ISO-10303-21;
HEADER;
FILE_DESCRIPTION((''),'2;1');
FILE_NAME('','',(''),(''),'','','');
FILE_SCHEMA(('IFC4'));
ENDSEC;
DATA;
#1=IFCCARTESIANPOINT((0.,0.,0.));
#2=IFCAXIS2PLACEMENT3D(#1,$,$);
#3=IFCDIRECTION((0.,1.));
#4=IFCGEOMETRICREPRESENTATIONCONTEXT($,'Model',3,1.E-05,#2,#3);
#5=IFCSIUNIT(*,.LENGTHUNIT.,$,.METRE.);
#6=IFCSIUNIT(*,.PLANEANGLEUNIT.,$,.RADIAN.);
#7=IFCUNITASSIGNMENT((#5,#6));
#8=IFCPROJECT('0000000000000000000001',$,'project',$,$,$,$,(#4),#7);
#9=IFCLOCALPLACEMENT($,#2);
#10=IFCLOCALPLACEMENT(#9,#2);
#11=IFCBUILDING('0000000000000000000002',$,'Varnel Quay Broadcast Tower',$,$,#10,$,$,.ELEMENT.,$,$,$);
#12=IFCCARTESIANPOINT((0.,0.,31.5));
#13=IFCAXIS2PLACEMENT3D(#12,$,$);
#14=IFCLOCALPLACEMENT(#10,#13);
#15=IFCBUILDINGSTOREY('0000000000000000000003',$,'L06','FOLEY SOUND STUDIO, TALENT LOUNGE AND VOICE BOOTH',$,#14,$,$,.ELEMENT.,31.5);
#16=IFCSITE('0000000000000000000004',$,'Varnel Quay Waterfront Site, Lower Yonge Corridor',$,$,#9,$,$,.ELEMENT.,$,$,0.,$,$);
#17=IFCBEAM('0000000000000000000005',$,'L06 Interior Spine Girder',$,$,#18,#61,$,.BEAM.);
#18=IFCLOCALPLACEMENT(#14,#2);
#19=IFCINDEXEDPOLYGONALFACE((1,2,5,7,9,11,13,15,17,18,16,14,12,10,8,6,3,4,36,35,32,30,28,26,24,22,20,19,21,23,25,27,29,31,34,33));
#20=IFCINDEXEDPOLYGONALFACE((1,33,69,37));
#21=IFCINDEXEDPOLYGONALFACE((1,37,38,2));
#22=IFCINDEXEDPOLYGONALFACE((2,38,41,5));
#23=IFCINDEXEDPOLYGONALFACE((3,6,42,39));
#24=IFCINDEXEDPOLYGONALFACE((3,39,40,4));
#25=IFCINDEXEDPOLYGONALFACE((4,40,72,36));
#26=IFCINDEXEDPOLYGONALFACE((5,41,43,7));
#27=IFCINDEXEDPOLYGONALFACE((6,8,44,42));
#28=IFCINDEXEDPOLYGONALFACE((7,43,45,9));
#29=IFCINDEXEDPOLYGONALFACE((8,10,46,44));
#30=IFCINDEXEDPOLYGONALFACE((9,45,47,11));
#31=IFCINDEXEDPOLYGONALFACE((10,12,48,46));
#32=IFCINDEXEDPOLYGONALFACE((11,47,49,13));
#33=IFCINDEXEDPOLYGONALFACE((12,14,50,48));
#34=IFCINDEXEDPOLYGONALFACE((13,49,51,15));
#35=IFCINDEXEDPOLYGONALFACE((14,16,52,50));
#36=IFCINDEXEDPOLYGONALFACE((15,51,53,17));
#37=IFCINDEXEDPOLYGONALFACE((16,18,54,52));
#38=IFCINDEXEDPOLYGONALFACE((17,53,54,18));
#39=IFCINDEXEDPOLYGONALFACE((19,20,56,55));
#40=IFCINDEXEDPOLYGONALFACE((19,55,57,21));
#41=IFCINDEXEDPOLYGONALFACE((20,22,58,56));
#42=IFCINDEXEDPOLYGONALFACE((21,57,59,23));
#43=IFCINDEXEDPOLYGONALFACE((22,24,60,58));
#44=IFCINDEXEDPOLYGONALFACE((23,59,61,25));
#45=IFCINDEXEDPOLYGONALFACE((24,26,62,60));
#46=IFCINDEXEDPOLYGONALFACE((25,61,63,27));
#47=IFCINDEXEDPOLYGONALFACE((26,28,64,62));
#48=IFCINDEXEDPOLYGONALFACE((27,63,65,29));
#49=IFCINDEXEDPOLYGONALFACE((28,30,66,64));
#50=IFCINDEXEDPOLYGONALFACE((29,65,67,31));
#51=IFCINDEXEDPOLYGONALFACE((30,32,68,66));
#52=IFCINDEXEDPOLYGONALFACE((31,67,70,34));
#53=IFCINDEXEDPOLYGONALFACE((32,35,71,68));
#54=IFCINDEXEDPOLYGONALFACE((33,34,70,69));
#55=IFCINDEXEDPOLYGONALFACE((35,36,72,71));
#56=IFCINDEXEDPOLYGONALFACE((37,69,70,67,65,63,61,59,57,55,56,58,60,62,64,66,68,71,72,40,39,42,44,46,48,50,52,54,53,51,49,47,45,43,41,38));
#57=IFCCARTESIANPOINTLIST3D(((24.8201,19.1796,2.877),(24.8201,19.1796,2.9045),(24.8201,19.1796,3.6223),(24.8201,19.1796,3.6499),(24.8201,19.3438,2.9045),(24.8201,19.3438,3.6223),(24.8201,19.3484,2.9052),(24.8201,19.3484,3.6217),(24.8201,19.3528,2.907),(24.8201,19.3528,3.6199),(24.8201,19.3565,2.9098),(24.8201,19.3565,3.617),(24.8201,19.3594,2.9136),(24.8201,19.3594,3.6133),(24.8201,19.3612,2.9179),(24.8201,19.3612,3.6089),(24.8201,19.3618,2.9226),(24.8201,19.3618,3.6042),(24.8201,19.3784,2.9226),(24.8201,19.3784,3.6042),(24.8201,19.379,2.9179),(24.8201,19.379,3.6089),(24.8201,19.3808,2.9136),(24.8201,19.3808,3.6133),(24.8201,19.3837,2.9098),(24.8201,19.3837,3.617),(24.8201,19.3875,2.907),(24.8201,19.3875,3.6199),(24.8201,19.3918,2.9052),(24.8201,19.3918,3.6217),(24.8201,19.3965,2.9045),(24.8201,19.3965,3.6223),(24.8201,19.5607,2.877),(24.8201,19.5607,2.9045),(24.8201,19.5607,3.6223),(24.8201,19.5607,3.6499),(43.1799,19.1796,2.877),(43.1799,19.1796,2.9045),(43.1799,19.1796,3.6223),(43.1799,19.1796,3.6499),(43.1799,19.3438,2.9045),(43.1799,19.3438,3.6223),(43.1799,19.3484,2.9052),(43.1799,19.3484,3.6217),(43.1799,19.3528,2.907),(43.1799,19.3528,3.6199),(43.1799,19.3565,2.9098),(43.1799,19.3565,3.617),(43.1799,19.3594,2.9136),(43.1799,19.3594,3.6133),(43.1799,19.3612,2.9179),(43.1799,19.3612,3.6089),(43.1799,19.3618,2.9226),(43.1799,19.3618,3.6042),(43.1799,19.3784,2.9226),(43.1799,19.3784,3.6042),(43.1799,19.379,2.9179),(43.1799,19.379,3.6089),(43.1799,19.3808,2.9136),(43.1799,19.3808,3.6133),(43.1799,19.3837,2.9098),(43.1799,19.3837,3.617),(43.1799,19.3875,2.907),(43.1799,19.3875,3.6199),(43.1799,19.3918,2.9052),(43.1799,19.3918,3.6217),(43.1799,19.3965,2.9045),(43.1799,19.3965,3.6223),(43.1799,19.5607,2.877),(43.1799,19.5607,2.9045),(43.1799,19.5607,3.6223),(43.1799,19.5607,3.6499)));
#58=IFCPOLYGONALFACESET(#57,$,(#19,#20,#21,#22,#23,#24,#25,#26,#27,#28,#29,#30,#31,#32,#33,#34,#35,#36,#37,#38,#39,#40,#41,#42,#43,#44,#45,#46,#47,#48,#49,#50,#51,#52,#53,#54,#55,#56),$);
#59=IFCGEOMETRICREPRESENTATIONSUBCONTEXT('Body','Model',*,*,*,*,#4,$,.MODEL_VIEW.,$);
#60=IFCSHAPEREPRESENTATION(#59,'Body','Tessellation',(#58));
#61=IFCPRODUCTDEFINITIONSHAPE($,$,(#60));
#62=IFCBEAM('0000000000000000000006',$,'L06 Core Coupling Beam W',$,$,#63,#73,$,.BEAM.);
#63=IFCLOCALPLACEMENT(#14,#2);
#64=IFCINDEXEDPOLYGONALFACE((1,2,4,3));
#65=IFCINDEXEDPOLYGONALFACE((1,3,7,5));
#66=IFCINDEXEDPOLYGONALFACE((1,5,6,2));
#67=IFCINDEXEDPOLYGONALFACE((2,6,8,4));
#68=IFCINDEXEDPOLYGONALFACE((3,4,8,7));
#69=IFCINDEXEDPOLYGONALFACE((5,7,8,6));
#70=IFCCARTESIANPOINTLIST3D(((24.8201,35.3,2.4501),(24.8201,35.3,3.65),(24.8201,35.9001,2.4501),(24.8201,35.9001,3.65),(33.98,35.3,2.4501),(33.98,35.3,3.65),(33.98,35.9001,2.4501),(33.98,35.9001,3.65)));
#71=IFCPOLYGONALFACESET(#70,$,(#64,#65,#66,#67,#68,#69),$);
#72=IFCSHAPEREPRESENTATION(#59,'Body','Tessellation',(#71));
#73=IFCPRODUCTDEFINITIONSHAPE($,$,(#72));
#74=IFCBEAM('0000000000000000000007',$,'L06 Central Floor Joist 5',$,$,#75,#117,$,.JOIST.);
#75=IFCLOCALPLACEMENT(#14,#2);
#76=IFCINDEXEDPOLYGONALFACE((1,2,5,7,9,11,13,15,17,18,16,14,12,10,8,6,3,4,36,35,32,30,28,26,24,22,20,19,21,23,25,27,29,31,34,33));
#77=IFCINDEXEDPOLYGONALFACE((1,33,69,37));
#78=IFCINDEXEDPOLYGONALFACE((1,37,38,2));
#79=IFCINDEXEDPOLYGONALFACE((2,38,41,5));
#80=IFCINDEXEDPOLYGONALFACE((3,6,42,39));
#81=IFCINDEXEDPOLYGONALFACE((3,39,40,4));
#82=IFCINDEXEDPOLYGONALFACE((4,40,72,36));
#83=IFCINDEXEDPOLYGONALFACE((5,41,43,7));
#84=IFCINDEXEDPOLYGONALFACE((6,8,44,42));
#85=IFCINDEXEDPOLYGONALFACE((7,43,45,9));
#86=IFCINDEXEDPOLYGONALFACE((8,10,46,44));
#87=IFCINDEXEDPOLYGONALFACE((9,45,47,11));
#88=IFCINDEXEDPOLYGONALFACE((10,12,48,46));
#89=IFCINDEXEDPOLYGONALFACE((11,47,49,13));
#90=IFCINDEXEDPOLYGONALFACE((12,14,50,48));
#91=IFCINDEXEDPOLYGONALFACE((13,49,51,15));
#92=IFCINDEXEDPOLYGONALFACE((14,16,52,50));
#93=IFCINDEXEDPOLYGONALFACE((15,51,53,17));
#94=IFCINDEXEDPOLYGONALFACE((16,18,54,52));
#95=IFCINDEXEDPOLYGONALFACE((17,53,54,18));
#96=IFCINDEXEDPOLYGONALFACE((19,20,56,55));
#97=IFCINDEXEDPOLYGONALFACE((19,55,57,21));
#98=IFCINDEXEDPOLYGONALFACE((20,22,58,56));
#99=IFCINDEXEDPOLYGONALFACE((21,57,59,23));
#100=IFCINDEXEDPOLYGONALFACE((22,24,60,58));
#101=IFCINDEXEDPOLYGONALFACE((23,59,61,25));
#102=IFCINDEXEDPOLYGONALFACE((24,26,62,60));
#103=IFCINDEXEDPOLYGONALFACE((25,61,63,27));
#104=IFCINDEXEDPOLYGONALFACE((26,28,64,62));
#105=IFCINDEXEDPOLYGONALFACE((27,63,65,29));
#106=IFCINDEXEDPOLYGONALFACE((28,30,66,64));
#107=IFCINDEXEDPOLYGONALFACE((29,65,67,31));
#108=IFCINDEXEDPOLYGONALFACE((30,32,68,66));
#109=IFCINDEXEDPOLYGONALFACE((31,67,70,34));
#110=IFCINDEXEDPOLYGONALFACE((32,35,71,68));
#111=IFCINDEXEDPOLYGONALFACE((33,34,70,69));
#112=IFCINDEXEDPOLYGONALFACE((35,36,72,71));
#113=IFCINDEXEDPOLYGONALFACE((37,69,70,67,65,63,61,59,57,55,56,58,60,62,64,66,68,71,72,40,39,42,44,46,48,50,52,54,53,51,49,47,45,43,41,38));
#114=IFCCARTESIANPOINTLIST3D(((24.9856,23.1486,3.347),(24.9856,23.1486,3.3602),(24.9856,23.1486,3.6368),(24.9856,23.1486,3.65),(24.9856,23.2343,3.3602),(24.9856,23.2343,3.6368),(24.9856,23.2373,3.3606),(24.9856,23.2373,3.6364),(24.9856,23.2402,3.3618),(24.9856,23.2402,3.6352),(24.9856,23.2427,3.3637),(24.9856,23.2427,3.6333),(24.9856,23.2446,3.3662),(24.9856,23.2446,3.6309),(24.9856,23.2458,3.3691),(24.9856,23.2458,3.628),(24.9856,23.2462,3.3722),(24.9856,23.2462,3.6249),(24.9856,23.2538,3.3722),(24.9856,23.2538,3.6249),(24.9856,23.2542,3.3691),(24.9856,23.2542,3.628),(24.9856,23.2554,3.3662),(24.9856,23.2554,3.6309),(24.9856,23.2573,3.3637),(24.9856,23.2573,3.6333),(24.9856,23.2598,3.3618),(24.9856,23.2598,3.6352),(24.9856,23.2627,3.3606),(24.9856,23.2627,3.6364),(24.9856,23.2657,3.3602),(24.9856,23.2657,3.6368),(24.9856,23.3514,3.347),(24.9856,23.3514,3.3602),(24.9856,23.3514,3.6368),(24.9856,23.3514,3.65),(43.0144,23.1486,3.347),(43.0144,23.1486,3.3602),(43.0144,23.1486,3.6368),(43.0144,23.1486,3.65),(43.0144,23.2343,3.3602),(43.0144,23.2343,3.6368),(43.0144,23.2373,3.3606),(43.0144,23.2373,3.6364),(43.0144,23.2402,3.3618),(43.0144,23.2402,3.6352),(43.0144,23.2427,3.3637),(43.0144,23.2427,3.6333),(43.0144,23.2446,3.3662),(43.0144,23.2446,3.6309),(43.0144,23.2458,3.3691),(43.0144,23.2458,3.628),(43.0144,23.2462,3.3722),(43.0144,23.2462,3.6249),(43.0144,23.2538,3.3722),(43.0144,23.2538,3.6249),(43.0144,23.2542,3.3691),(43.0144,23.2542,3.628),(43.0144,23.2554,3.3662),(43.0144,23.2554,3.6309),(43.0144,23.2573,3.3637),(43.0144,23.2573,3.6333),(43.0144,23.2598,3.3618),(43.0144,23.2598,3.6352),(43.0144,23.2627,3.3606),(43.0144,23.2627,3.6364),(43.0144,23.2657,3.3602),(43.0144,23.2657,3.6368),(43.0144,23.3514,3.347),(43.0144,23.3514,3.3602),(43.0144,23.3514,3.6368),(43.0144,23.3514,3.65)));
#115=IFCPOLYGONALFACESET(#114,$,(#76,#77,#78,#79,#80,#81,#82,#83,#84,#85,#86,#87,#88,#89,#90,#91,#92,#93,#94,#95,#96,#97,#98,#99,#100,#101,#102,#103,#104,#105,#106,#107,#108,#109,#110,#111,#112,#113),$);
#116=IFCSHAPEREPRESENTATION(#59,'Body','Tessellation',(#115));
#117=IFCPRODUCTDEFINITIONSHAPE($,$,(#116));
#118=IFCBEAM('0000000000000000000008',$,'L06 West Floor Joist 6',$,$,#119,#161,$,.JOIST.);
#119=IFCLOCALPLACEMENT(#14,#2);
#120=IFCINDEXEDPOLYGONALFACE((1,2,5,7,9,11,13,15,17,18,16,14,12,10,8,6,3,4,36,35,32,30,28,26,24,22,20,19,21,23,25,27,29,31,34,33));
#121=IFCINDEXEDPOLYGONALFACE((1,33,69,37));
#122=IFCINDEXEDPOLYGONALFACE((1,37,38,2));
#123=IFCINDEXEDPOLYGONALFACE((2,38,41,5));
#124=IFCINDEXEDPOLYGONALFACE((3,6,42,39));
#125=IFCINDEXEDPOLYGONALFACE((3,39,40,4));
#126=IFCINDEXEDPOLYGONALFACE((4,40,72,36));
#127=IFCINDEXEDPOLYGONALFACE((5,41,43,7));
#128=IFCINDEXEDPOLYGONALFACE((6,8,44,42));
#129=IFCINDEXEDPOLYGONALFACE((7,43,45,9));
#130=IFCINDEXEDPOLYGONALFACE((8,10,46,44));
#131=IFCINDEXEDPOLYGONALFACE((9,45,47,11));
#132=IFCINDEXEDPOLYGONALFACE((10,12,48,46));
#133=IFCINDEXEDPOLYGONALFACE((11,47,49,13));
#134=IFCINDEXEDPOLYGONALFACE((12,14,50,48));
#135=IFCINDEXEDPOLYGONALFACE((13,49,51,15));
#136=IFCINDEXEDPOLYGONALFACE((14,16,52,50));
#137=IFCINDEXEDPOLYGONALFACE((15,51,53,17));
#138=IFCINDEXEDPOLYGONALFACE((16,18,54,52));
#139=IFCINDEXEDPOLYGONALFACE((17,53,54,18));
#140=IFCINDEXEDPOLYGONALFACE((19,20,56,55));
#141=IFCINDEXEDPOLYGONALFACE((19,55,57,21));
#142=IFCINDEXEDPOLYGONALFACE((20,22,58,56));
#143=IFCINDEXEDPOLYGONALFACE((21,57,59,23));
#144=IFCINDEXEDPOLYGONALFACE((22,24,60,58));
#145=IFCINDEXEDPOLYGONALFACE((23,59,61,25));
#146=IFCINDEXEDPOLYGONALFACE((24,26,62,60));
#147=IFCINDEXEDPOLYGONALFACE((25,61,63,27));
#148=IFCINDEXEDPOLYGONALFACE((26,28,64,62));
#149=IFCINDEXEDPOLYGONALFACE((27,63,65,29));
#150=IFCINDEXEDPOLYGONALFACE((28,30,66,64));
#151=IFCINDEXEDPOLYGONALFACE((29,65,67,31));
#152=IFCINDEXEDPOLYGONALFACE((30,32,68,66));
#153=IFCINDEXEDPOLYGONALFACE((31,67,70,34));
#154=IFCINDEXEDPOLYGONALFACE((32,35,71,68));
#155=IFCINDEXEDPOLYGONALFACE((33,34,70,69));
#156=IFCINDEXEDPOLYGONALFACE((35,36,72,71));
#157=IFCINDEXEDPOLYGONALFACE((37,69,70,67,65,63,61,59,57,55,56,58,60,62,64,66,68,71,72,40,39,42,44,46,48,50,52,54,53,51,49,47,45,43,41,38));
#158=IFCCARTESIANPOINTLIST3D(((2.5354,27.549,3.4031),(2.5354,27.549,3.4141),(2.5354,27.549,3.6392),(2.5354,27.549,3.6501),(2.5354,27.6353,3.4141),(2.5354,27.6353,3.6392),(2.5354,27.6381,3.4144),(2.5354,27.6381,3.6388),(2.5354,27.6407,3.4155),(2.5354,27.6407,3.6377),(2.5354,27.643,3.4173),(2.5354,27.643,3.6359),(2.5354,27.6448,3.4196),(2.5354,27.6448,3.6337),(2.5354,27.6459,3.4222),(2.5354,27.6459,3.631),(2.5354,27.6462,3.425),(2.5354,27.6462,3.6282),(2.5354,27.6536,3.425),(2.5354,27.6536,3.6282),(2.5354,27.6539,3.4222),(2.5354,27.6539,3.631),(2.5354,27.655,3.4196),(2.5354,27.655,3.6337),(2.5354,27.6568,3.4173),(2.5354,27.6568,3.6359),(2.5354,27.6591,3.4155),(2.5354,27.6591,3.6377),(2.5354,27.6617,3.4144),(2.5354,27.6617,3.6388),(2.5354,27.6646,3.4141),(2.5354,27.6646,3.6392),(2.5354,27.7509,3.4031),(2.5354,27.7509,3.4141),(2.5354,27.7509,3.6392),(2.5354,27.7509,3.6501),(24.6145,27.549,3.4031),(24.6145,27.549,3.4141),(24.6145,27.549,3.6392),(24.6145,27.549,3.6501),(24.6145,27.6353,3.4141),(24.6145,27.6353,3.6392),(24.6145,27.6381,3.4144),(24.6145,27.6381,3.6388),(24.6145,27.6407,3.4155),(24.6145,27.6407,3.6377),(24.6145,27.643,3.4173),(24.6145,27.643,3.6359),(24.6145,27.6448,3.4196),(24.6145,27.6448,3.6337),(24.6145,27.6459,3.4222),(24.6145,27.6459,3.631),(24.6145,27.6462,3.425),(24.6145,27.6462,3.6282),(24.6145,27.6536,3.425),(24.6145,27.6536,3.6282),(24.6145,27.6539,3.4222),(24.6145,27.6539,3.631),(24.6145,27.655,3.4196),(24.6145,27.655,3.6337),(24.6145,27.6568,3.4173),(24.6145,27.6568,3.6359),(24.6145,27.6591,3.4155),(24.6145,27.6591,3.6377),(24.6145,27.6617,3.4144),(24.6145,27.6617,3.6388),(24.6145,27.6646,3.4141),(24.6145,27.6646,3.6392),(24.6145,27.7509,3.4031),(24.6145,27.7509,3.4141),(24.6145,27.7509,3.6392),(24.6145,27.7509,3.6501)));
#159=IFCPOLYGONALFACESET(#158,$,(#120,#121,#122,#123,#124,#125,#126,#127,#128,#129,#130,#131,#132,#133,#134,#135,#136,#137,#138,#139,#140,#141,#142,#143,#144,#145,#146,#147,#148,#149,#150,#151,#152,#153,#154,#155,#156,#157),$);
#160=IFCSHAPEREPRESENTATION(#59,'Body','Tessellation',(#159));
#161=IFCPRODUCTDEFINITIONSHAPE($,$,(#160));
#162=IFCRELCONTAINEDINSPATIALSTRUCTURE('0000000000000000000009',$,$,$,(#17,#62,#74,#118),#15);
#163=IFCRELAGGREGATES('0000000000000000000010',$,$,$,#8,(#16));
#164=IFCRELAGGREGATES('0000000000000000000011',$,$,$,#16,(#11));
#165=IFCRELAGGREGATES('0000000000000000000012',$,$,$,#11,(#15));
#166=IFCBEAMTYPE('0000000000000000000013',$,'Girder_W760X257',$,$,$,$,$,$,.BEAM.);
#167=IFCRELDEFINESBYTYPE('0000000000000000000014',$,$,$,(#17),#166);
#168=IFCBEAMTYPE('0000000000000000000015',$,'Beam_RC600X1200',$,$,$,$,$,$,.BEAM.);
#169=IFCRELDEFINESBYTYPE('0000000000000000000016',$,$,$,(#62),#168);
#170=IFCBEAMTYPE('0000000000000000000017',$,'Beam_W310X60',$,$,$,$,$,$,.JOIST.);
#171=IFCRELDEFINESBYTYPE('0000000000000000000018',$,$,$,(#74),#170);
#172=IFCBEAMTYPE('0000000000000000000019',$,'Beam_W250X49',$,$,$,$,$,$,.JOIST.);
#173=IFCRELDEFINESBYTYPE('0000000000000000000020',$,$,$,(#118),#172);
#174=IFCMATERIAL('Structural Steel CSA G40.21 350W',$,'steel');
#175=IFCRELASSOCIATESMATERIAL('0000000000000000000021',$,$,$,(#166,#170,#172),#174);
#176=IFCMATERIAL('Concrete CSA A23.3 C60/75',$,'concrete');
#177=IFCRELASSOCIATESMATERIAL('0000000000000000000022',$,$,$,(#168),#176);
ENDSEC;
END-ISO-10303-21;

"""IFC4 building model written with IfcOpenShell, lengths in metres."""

from ifc_helpers import new_model, si_unit, direction, frame, origin, origin_2d, place, context, subcontext, project, spatial, rectangle, i_section, extrude, source, transform, mapped, material, material_profile, profile_set, type_object, type_shapes, element, save


model = new_model("IFC4")

# Units and contexts
model_context = context("Model", 3, precision=1e-05, world=origin(), true_north=direction((0.0, 1.0)))
body_context = subcontext(model_context, "Body", "Model", "MODEL_VIEW")
ifc_project = project(units=[si_unit("LENGTHUNIT", "METRE"), si_unit("PLANEANGLEUNIT", "RADIAN")], contexts=[model_context])

# Site, building, storey
site_placement = place(None, origin())
site = spatial("IfcSite", under=ifc_project, at=site_placement, Name="Varnel Quay Waterfront Site, Lower Yonge Corridor", CompositionType="ELEMENT", RefElevation=0.0)
building_placement = place(site_placement, origin())
building = spatial("IfcBuilding", under=site, at=building_placement, Name="Varnel Quay Broadcast Tower", CompositionType="ELEMENT")
storey_placement = place(building_placement, frame((0.0, 0.0, 31.5)))
storey = spatial("IfcBuildingStorey", under=building, at=storey_placement, Name="L06", Description="FOLEY SOUND STUDIO, TALENT LOUNGE AND VOICE BOOTH", CompositionType="ELEMENT", Elevation=31.5)

# Shared definitions
ifc_material_1 = material(Name="Concrete CSA A23.3 C60/75", Category="concrete")

# Beams
ifc_material_2 = material(Name="Structural Steel CSA G40.21 350W", Category="steel")
ifc_material_profile_1 = material_profile(ifc_material_2, i_section(OverallWidth=0.3811, OverallDepth=0.7729, WebThickness=0.0166, FlangeThickness=0.0276, FilletRadius=0.0181, at=origin_2d()), Name="W760X257")
ifc_profile_set_1 = profile_set([ifc_material_profile_1], Name="Structural Steel CSA G40.21 350W")
beam_type_1 = type_object("IfcBeamType", Name="Girder_W760X257", PredefinedType="BEAM", material=ifc_profile_set_1)
shared_shape_1 = source(origin(), body_context, "Body", "SweptSolid", [
    extrude(i_section(OverallWidth=0.3811, OverallDepth=0.7729, WebThickness=0.0166, FlangeThickness=0.0276, FilletRadius=0.0181, at=origin_2d()), origin(), (0.0, 0.0, 1.0), 18.3599),
])
beam_1_placement = place(storey_placement, frame((24.8201, 19.3701, 3.2634), z_axis=(1.0, 0.0, 0.0), x_axis=(0.0, 1.0, 0.0)))
element("IfcBeam", 1, at=beam_1_placement, inside=storey, type_object=beam_type_1, Name="L06 Interior Spine Girder", PredefinedType="BEAM", context=body_context, shape_type="MappedRepresentation", body=[
    mapped(shared_shape_1, transform((0.0, 0.0, 0.0), x_axis=(1.0, 0.0, 0.0), y_axis=(0.0, 1.0, 0.0), z_axis=(0.0, 0.0, 1.0), scale=1.0)),
])
ifc_material_profile_2 = material_profile(ifc_material_1, rectangle(XDim=0.6001, YDim=1.2, at=origin_2d()), Name="RC600X1200")
ifc_profile_set_2 = profile_set([ifc_material_profile_2], Name="Concrete CSA A23.3 C60/75")
beam_type_2 = type_object("IfcBeamType", Name="Beam_RC600X1200", PredefinedType="BEAM", material=ifc_profile_set_2)
shared_shape_2 = source(origin(), body_context, "Body", "SweptSolid", [
    extrude(rectangle(XDim=0.6001, YDim=1.2, at=origin_2d()), origin(), (0.0, 0.0, 1.0), 9.1599),
])
type_shapes(beam_type_2, [shared_shape_2])
beam_2_placement = place(storey_placement, frame((24.8201, 35.6001, 3.05), z_axis=(1.0, 0.0, 0.0), x_axis=(0.0, 1.0, 0.0)))
element("IfcBeam", 2, at=beam_2_placement, inside=storey, type_object=beam_type_2, Name="L06 Core Coupling Beam W", PredefinedType="BEAM", context=body_context, shape_type="MappedRepresentation", body=[
    mapped(shared_shape_2, transform((0.0, 0.0, 0.0), x_axis=(1.0, 0.0, 0.0), y_axis=(0.0, 1.0, 0.0), z_axis=(0.0, 0.0, 1.0), scale=1.0)),
])
ifc_material_profile_3 = material_profile(ifc_material_2, i_section(OverallWidth=0.2029, OverallDepth=0.303, WebThickness=0.0076, FlangeThickness=0.0132, FilletRadius=0.012, at=origin_2d()), Name="W310X60")
ifc_profile_set_3 = profile_set([ifc_material_profile_3], Name="Structural Steel CSA G40.21 350W")
beam_type_3 = type_object("IfcBeamType", Name="Beam_W310X60", PredefinedType="JOIST", material=ifc_profile_set_3)
shared_shape_3 = source(origin(), body_context, "Body", "SweptSolid", [
    extrude(i_section(OverallWidth=0.2029, OverallDepth=0.303, WebThickness=0.0076, FlangeThickness=0.0132, FilletRadius=0.012, at=origin_2d()), origin(), (0.0, 0.0, 1.0), 18.0288),
])
type_shapes(beam_type_3, [shared_shape_3])
beam_3_placement = place(storey_placement, frame((24.9856, 23.25, 3.4985), z_axis=(1.0, 0.0, 0.0), x_axis=(0.0, 1.0, 0.0)))
element("IfcBeam", 3, at=beam_3_placement, inside=storey, type_object=beam_type_3, Name="L06 Central Floor Joist 5", PredefinedType="JOIST", context=body_context, shape_type="MappedRepresentation", body=[
    mapped(shared_shape_3, transform((0.0, 0.0, 0.0), x_axis=(1.0, 0.0, 0.0), y_axis=(0.0, 1.0, 0.0), z_axis=(0.0, 0.0, 1.0), scale=1.0)),
])
ifc_material_profile_4 = material_profile(ifc_material_2, i_section(OverallWidth=0.2019, OverallDepth=0.2471, WebThickness=0.0073, FlangeThickness=0.011, FilletRadius=0.011, at=origin_2d()), Name="W250X49")
ifc_profile_set_4 = profile_set([ifc_material_profile_4], Name="Structural Steel CSA G40.21 350W")
beam_type_4 = type_object("IfcBeamType", Name="Beam_W250X49", PredefinedType="JOIST", material=ifc_profile_set_4)
shared_shape_4 = source(origin(), body_context, "Body", "SweptSolid", [
    extrude(i_section(OverallWidth=0.2019, OverallDepth=0.2471, WebThickness=0.0073, FlangeThickness=0.011, FilletRadius=0.011, at=origin_2d()), origin(), (0.0, 0.0, 1.0), 22.0791),
])
beam_4_placement = place(storey_placement, frame((2.5354, 27.6499, 3.5266), z_axis=(1.0, 0.0, 0.0), x_axis=(0.0, 1.0, 0.0)))
element("IfcBeam", 4, at=beam_4_placement, inside=storey, type_object=beam_type_4, Name="L06 West Floor Joist 6", PredefinedType="JOIST", context=body_context, shape_type="MappedRepresentation", body=[
    mapped(shared_shape_4, transform((0.0, 0.0, 0.0), x_axis=(1.0, 0.0, 0.0), y_axis=(0.0, 1.0, 0.0), z_axis=(0.0, 0.0, 1.0), scale=1.0)),
])

save(model, "model.ifc")
